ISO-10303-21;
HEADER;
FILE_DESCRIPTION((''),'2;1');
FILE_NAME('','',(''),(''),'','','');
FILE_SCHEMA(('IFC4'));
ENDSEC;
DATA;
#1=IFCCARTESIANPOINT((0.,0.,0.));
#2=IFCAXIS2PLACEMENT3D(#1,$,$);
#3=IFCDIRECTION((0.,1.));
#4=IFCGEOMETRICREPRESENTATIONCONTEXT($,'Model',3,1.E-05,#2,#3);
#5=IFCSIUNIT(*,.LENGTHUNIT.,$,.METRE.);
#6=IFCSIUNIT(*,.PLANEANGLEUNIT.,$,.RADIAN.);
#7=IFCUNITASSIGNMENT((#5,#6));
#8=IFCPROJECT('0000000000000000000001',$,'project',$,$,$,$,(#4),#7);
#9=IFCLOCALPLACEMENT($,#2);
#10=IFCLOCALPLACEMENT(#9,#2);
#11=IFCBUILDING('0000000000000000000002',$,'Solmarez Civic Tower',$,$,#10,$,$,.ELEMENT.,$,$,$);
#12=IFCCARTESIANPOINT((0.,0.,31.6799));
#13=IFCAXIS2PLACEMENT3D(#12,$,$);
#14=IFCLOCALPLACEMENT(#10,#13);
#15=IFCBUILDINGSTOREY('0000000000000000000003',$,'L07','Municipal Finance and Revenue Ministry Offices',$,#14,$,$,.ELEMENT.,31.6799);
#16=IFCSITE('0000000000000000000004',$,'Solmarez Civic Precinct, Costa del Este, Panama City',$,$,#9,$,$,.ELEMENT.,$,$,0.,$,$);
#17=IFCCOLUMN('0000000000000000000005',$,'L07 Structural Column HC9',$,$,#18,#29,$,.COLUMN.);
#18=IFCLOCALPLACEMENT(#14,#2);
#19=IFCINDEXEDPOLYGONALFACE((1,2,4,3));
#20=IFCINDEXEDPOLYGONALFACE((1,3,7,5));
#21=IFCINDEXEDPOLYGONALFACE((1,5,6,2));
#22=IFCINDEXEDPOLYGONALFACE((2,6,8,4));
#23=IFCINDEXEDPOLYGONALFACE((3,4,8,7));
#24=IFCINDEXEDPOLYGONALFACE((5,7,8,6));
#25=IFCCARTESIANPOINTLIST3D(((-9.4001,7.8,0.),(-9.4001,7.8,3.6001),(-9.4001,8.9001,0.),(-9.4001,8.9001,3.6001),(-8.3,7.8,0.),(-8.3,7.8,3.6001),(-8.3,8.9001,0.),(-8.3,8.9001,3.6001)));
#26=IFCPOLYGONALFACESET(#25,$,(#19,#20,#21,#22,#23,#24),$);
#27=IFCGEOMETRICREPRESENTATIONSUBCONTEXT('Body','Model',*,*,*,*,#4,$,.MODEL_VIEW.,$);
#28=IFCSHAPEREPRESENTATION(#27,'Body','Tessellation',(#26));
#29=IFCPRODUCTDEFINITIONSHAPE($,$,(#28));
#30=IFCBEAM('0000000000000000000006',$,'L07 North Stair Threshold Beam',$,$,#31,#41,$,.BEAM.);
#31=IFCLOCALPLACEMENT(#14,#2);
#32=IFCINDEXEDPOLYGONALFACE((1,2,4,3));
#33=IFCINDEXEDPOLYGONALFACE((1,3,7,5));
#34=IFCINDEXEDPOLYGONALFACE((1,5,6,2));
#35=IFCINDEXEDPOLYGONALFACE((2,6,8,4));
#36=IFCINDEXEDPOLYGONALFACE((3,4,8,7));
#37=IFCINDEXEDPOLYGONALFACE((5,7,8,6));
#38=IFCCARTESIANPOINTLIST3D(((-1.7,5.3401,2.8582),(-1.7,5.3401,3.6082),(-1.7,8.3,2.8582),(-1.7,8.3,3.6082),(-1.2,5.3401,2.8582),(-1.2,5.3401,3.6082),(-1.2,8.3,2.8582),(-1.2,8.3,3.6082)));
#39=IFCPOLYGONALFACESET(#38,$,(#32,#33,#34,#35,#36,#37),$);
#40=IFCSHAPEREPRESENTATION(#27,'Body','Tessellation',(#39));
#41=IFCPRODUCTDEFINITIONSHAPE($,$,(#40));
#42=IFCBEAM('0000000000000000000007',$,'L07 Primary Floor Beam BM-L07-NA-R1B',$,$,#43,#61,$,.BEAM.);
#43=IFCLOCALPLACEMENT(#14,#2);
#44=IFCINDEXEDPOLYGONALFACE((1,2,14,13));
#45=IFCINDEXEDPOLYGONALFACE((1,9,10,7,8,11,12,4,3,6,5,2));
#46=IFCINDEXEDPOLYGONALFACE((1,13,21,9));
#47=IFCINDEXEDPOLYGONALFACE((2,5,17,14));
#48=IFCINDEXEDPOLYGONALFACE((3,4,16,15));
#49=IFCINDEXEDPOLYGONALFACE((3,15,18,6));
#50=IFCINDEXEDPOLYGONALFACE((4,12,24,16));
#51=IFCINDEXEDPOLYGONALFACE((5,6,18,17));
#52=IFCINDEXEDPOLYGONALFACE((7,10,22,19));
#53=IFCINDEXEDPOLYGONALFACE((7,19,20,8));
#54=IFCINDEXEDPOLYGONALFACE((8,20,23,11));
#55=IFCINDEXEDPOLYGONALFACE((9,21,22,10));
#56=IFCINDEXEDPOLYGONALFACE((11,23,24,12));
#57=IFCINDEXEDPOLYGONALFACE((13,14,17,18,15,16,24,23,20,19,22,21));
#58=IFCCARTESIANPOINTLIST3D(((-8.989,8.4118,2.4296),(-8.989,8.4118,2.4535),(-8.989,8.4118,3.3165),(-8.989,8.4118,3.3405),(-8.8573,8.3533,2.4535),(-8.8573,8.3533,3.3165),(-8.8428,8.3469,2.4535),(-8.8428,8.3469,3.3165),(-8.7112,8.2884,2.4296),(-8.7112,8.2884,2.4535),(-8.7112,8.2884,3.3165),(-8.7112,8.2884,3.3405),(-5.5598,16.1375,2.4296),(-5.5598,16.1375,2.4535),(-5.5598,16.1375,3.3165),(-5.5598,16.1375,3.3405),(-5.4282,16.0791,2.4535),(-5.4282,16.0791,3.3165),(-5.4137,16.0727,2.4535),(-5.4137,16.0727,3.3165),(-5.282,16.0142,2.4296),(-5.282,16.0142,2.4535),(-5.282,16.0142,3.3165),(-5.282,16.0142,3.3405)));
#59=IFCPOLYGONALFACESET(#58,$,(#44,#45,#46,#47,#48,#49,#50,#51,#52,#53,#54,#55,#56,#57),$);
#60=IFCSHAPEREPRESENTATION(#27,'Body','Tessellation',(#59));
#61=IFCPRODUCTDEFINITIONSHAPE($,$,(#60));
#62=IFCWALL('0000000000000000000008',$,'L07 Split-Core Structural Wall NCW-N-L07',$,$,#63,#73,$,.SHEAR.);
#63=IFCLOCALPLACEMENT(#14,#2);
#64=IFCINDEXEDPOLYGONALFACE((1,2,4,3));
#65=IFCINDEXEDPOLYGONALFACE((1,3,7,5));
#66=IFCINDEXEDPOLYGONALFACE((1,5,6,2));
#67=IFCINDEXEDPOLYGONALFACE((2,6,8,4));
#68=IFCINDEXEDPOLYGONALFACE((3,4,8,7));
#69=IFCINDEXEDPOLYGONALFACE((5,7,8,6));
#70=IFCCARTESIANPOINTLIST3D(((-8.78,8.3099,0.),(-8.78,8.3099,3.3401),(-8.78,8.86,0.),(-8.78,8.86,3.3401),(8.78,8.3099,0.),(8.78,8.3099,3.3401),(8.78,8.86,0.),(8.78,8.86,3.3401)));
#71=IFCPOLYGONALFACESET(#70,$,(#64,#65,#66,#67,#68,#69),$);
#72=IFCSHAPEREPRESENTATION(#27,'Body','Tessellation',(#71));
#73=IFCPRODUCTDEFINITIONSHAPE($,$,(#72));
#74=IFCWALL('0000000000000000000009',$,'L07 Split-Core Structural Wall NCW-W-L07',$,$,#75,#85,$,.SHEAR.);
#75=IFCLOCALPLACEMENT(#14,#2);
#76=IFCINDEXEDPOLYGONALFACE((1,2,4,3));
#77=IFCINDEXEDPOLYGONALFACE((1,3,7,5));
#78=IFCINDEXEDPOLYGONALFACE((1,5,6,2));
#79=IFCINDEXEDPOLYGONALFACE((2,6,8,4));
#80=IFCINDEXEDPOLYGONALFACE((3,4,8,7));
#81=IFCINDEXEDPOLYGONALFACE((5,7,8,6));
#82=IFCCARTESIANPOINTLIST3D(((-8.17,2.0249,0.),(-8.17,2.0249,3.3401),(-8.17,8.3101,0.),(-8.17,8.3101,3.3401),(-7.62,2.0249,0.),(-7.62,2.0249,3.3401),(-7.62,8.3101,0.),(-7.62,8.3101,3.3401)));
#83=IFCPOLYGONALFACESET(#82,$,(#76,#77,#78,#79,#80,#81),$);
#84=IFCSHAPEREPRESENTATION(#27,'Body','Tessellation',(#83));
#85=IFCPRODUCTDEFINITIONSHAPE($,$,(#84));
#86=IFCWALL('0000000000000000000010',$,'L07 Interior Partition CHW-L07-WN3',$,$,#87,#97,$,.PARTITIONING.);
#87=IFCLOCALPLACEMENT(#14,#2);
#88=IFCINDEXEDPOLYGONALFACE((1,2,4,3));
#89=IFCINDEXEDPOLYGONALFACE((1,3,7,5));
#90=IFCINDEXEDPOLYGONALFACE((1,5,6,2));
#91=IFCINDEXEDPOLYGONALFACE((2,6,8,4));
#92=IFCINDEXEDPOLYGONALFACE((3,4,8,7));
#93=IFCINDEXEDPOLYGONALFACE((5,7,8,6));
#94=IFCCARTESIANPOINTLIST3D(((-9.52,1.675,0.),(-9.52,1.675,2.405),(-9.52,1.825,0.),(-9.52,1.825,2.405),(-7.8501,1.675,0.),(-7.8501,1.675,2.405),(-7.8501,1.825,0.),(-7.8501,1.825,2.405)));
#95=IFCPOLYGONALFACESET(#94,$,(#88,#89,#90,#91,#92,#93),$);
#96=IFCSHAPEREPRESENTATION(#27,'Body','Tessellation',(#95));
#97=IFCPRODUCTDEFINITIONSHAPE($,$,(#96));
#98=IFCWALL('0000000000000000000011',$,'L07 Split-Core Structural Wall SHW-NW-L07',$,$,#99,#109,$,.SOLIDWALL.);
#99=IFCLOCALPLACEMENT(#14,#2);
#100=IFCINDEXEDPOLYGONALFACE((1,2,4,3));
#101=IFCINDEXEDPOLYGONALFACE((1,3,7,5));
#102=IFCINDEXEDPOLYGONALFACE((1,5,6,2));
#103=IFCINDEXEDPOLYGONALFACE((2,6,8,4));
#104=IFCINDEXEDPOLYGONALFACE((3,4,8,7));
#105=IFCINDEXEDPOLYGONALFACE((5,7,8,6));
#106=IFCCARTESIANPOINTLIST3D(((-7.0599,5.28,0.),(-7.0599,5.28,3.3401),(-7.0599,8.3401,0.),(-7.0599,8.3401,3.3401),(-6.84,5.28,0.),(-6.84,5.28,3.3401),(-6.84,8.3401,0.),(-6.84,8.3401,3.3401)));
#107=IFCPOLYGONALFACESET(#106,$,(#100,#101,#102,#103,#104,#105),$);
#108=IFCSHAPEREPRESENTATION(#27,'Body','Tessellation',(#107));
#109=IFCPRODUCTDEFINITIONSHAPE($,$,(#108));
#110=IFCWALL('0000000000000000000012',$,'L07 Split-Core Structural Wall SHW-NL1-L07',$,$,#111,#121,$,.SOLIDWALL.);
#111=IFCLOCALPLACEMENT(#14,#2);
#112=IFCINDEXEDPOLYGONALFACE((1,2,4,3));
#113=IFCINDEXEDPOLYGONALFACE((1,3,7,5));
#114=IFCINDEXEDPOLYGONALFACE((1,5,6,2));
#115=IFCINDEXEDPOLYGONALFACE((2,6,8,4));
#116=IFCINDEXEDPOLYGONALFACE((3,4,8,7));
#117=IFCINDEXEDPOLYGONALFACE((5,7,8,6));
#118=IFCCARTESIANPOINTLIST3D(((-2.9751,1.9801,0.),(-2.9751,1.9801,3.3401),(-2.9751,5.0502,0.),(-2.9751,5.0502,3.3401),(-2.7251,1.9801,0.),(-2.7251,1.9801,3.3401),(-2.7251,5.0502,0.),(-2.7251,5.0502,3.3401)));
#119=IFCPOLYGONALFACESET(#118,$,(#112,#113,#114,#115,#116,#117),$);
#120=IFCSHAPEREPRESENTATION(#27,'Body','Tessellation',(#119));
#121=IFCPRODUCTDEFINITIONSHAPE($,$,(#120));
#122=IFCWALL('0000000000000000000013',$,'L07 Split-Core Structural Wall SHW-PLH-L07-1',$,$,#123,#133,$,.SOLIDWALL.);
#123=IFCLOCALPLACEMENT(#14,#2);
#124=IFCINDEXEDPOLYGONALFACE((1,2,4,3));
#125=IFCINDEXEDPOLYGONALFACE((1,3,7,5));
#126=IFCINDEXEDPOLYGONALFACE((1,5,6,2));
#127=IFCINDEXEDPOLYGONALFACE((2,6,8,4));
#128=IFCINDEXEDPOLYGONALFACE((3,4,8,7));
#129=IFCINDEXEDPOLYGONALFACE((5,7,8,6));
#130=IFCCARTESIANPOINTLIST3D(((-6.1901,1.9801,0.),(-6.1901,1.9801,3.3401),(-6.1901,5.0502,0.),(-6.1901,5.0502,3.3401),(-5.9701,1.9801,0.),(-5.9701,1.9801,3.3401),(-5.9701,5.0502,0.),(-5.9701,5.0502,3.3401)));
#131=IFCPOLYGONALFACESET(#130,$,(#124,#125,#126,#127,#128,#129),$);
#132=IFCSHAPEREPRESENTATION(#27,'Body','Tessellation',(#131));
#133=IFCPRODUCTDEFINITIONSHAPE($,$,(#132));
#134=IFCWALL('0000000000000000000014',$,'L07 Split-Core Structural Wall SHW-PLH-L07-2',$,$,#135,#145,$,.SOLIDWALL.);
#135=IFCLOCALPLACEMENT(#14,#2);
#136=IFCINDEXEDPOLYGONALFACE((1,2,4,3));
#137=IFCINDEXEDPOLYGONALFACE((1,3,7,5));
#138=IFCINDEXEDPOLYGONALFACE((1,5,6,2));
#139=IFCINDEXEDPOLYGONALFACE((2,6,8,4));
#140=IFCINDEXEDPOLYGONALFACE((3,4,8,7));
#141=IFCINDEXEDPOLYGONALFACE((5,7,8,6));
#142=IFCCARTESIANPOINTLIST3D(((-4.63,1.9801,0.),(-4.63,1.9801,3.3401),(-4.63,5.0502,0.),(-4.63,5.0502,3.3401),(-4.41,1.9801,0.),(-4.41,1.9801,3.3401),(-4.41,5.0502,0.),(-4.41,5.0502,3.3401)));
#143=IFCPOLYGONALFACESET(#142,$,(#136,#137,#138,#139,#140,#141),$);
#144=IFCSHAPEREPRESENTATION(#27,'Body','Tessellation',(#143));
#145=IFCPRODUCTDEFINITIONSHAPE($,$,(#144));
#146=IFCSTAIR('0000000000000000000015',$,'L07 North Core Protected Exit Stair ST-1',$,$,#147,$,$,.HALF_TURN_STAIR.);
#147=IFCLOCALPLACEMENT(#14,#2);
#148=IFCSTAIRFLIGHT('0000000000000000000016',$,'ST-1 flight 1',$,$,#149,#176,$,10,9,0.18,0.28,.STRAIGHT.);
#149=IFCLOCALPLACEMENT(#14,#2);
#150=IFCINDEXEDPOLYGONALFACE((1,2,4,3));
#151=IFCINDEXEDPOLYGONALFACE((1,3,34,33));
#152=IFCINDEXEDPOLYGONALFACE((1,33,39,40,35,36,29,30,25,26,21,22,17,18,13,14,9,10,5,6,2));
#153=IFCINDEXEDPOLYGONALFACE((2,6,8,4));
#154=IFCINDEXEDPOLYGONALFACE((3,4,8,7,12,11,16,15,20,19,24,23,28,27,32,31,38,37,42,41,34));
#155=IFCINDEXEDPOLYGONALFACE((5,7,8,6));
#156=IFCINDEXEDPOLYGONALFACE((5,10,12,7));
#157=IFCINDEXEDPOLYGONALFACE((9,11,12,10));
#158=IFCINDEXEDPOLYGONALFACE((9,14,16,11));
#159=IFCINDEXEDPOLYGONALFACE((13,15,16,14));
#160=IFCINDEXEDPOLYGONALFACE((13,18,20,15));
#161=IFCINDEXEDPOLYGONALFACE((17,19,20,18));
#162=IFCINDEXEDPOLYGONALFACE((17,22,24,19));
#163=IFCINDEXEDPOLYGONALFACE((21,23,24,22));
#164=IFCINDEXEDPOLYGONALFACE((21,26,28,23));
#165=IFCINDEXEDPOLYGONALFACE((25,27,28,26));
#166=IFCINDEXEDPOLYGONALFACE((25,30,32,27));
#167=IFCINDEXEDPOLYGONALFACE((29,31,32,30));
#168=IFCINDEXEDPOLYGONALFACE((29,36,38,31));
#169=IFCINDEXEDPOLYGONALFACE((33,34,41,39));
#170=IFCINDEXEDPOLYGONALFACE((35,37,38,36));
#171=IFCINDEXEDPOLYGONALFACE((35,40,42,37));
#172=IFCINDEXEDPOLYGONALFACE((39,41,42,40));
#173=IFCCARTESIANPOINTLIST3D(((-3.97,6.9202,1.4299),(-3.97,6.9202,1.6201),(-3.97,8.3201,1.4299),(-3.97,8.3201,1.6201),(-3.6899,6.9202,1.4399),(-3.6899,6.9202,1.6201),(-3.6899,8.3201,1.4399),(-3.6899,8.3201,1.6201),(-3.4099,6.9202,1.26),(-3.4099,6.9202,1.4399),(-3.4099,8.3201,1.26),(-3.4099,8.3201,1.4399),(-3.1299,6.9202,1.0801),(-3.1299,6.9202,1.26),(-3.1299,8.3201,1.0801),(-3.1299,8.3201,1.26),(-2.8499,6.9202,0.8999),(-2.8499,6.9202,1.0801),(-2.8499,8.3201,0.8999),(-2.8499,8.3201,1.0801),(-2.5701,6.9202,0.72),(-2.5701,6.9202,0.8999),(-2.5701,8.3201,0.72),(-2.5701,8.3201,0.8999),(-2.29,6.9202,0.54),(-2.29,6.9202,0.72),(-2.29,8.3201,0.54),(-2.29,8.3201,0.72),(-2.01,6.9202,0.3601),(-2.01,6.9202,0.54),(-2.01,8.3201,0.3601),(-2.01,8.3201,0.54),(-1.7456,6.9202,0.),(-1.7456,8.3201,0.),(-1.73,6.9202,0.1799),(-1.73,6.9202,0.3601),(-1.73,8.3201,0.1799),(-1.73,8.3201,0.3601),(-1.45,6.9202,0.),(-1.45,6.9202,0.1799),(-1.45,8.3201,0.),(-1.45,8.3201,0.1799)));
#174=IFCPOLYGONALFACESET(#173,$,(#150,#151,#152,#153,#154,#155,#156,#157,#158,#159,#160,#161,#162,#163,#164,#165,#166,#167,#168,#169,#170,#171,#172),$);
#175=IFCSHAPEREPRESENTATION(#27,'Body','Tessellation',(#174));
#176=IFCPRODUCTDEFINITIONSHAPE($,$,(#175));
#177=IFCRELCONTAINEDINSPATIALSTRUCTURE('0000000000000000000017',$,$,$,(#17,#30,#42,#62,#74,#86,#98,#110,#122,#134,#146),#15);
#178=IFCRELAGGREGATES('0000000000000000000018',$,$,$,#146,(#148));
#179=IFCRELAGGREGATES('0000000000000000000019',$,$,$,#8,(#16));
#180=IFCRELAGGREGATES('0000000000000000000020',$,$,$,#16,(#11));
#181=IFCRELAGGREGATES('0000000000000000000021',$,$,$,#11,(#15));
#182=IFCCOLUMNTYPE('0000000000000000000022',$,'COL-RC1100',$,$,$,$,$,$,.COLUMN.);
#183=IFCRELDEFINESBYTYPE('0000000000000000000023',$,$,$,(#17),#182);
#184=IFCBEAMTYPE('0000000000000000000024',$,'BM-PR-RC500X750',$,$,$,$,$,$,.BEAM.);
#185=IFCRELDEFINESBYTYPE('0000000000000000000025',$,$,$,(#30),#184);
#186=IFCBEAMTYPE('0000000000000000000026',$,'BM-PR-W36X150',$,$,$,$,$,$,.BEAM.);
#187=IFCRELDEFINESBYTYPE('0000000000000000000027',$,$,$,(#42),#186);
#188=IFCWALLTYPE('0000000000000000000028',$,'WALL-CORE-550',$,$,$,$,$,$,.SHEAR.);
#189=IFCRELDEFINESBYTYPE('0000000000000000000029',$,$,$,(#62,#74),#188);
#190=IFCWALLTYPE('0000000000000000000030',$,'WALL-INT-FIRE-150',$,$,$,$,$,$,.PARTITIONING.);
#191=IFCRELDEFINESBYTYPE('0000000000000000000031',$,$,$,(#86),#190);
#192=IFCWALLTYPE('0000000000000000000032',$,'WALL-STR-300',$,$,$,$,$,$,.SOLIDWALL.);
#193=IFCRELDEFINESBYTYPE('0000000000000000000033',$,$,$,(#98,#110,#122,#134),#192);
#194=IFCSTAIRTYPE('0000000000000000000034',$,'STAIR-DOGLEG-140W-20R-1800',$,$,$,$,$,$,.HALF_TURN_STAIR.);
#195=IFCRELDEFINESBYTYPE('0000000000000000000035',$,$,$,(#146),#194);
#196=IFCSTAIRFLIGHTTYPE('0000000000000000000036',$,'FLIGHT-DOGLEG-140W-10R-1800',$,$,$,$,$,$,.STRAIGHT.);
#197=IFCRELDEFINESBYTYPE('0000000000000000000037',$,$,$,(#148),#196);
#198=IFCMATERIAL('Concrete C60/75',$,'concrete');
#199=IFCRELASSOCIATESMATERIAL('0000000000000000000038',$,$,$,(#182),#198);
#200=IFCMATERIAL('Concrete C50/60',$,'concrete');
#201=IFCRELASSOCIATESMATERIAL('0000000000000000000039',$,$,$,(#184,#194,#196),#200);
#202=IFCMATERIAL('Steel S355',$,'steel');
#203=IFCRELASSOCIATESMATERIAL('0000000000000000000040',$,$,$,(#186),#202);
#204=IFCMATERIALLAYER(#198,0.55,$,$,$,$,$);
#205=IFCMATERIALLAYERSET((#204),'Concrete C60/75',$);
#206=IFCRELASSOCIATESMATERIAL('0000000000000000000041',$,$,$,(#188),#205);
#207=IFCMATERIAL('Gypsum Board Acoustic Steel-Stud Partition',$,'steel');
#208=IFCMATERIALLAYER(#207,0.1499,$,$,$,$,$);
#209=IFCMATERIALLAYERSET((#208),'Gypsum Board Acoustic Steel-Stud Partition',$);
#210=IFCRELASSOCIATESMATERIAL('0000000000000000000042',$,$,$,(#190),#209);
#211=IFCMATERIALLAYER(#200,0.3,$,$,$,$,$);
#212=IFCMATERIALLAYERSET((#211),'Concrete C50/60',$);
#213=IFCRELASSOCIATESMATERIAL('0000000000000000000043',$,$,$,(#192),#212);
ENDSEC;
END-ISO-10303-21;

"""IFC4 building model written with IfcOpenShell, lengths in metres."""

from ifc_helpers import new_model, si_unit, direction, frame, frame_2d, origin, origin_2d, place, context, subcontext, project, spatial, polyline, rectangle, i_section, outline, extrude, material, layer, layer_set, material_profile, profile_set, type_object, element, aggregate, save


model = new_model("IFC4")

# Units and contexts
model_context = context("Model", 3, precision=1e-05, world=origin(), true_north=direction((0.0, 1.0)))
body_context = subcontext(model_context, "Body", "Model", "MODEL_VIEW")
ifc_project = project(units=[si_unit("LENGTHUNIT", "METRE"), si_unit("PLANEANGLEUNIT", "RADIAN")], contexts=[model_context])

# Site, building, storey
site_placement = place(None, origin())
site = spatial("IfcSite", under=ifc_project, at=site_placement, Name="Solmarez Civic Precinct, Costa del Este, Panama City", CompositionType="ELEMENT", RefElevation=0.0)
building_placement = place(site_placement, origin())
building = spatial("IfcBuilding", under=site, at=building_placement, Name="Solmarez Civic Tower", CompositionType="ELEMENT")
storey_placement = place(building_placement, frame((0.0, 0.0, 31.6799)))
storey = spatial("IfcBuildingStorey", under=building, at=storey_placement, Name="L07", Description="Municipal Finance and Revenue Ministry Offices", CompositionType="ELEMENT", Elevation=31.6799)

# Column
ifc_material_1 = material(Name="Concrete C60/75", Category="concrete")
ifc_material_profile_1 = material_profile(ifc_material_1, rectangle(XDim=1.1001, YDim=1.1001, at=origin_2d()), Name="RC1100X1100")
ifc_profile_set_1 = profile_set([ifc_material_profile_1], Name="Concrete C60/75")
column_type = type_object("IfcColumnType", Name="COL-RC1100", PredefinedType="COLUMN", material=ifc_profile_set_1)
column_placement = place(storey_placement, frame((-8.8501, 8.3501, 0.0), z_axis=(0.0, 0.0, 1.0), x_axis=(1.0, 0.0, 0.0)))
element("IfcColumn", 1, at=column_placement, inside=storey, type_object=column_type, Name="L07 Structural Column HC9", PredefinedType="COLUMN", context=body_context, shape_type="SweptSolid", body=[
    extrude(rectangle(XDim=1.1001, YDim=1.1001, at=origin_2d()), origin(), (0.0, 0.0, 1.0), 3.6001),
])

# Beams
ifc_material_2 = material(Name="Concrete C50/60", Category="concrete")
ifc_material_profile_2 = material_profile(ifc_material_2, rectangle(XDim=0.5, YDim=0.75, at=origin_2d()), Name="RC500X750")
ifc_profile_set_2 = profile_set([ifc_material_profile_2], Name="Concrete C50/60")
beam_type_1 = type_object("IfcBeamType", Name="BM-PR-RC500X750", PredefinedType="BEAM", material=ifc_profile_set_2)
beam_1_placement = place(storey_placement, frame((-1.45, 5.3401, 3.2332), z_axis=(0.0, 1.0, 0.0), x_axis=(-1.0, 0.0, 0.0)))
element("IfcBeam", 2, at=beam_1_placement, inside=storey, type_object=beam_type_1, Name="L07 North Stair Threshold Beam", PredefinedType="BEAM", context=body_context, shape_type="SweptSolid", body=[
    extrude(rectangle(XDim=0.5, YDim=0.75, at=origin_2d()), origin(), (0.0, 0.0, 1.0), 2.96),
])
ifc_material_3 = material(Name="Steel S355", Category="steel")
ifc_material_profile_3 = material_profile(ifc_material_3, i_section(OverallWidth=0.304, OverallDepth=0.9109, WebThickness=0.0159, FlangeThickness=0.0239, at=origin_2d()), Name="W36X150")
ifc_profile_set_3 = profile_set([ifc_material_profile_3], Name="Steel S355")
beam_type_2 = type_object("IfcBeamType", Name="BM-PR-W36X150", PredefinedType="BEAM", material=ifc_profile_set_3)
beam_2_placement = place(storey_placement, frame((-8.8501, 8.3501, 2.885), z_axis=(0.405694, 0.914009, 0.0), x_axis=(-0.914009, 0.405694, 0.0)))
element("IfcBeam", 3, at=beam_2_placement, inside=storey, type_object=beam_type_2, Name="L07 Primary Floor Beam BM-L07-NA-R1B", PredefinedType="BEAM", context=body_context, shape_type="SweptSolid", body=[
    extrude(i_section(OverallWidth=0.304, OverallDepth=0.9109, WebThickness=0.0159, FlangeThickness=0.0239, at=origin_2d()), origin(), (0.0, 0.0, 1.0), 8.4526),
])

# Walls
ifc_layer_1 = layer(ifc_material_1, 0.55)
ifc_layer_set_1 = layer_set([ifc_layer_1], Name="Concrete C60/75")
wall_type_1 = type_object("IfcWallType", Name="WALL-CORE-550", PredefinedType="SHEAR", material=ifc_layer_set_1)
wall_1_placement = place(storey_placement, frame((-8.78, 8.585, 0.0), z_axis=(0.0, 0.0, 1.0), x_axis=(1.0, 0.0, 0.0)))
element("IfcWall", 4, at=wall_1_placement, inside=storey, type_object=wall_type_1, Name="L07 Split-Core Structural Wall NCW-N-L07", PredefinedType="SHEAR", context=body_context, shape_type="SweptSolid", body=[
    extrude(rectangle(XDim=17.5601, YDim=0.55, at=frame_2d((8.78, 0.0))), origin(), (0.0, 0.0, 1.0), 3.3401),
])
wall_2_placement = place(storey_placement, frame((-7.895, 2.0249, 0.0), z_axis=(0.0, 0.0, 1.0), x_axis=(0.0, 1.0, 0.0)))
element("IfcWall", 5, at=wall_2_placement, inside=storey, type_object=wall_type_1, Name="L07 Split-Core Structural Wall NCW-W-L07", PredefinedType="SHEAR", context=body_context, shape_type="SweptSolid", body=[
    extrude(rectangle(XDim=6.2852, YDim=0.55, at=frame_2d((3.1426, 0.0))), origin(), (0.0, 0.0, 1.0), 3.3401),
])
ifc_material_4 = material(Name="Gypsum Board Acoustic Steel-Stud Partition", Category="steel")
ifc_layer_2 = layer(ifc_material_4, 0.1499)
ifc_layer_set_2 = layer_set([ifc_layer_2], Name="Gypsum Board Acoustic Steel-Stud Partition")
wall_type_2 = type_object("IfcWallType", Name="WALL-INT-FIRE-150", PredefinedType="PARTITIONING", material=ifc_layer_set_2)
wall_3_placement = place(storey_placement, frame((-7.8501, 1.75, 0.0), z_axis=(0.0, 0.0, 1.0), x_axis=(-1.0, 0.0, 0.0)))
element("IfcWall", 6, at=wall_3_placement, inside=storey, type_object=wall_type_2, Name="L07 Interior Partition CHW-L07-WN3", PredefinedType="PARTITIONING", context=body_context, shape_type="SweptSolid", body=[
    extrude(rectangle(XDim=1.6699, YDim=0.1499, at=frame_2d((0.835, 0.0))), origin(), (0.0, 0.0, 1.0), 2.405),
])
ifc_layer_3 = layer(ifc_material_2, 0.3)
ifc_layer_set_3 = layer_set([ifc_layer_3], Name="Concrete C50/60")
wall_type_3 = type_object("IfcWallType", Name="WALL-STR-300", PredefinedType="SOLIDWALL", material=ifc_layer_set_3)
wall_4_placement = place(storey_placement, frame((-6.95, 5.28, 0.0), z_axis=(0.0, 0.0, 1.0), x_axis=(0.0, 1.0, 0.0)))
element("IfcWall", 7, at=wall_4_placement, inside=storey, type_object=wall_type_3, Name="L07 Split-Core Structural Wall SHW-NW-L07", PredefinedType="SOLIDWALL", context=body_context, shape_type="SweptSolid", body=[
    extrude(rectangle(XDim=3.0601, YDim=0.22, at=frame_2d((1.53, 0.0))), origin(), (0.0, 0.0, 1.0), 3.3401),
])
wall_5_placement = place(storey_placement, frame((-2.8501, 1.98, 0.0), z_axis=(0.0, 0.0, 1.0), x_axis=(0.0, 1.0, 0.0)))
element("IfcWall", 8, at=wall_5_placement, inside=storey, type_object=wall_type_3, Name="L07 Split-Core Structural Wall SHW-NL1-L07", PredefinedType="SOLIDWALL", context=body_context, shape_type="SweptSolid", body=[
    extrude(rectangle(XDim=3.0701, YDim=0.25, at=frame_2d((1.5352, 0.0))), origin(), (0.0, 0.0, 1.0), 3.3401),
])
for number, where, z_axis, x_axis, name in (
    (9, (-6.0801, 1.98, 0.0), (0.0, 0.0, 1.0), (0.0, 1.0, 0.0), "L07 Split-Core Structural Wall SHW-PLH-L07-1"),
    (10, (-4.52, 1.98, 0.0), (0.0, 0.0, 1.0), (0.0, 1.0, 0.0), "L07 Split-Core Structural Wall SHW-PLH-L07-2"),
):
    element("IfcWall", number, at=place(storey_placement, frame(where, z_axis=z_axis, x_axis=x_axis)), inside=storey, type_object=wall_type_3, Name=name, PredefinedType="SOLIDWALL", context=body_context, shape_type="SweptSolid", body=[
        extrude(rectangle(XDim=3.0701, YDim=0.22, at=frame_2d((1.5352, 0.0))), origin(), (0.0, 0.0, 1.0), 3.3401),
    ])

# Stair, stair flight
stair_type = type_object("IfcStairType", Name="STAIR-DOGLEG-140W-20R-1800", PredefinedType="HALF_TURN_STAIR", material=ifc_material_2)
stair_placement = place(storey_placement, origin())
stair = element("IfcStair", 11, at=stair_placement, inside=storey, type_object=stair_type, Name="L07 North Core Protected Exit Stair ST-1", PredefinedType="HALF_TURN_STAIR")
stair_flight_type = type_object("IfcStairFlightType", Name="FLIGHT-DOGLEG-140W-10R-1800", PredefinedType="STRAIGHT", material=ifc_material_2)
stair_flight_1_placement = place(storey_placement, frame((-1.45, 7.6201, 0.0), z_axis=(0.0, 0.0, 1.0), x_axis=(-1.0, 0.0, 0.0)))
stair_flight_1 = element("IfcStairFlight", 12, at=stair_flight_1_placement, type_object=stair_flight_type, Name="ST-1 flight 1", NumberOfRisers=10, NumberOfTreads=9, PredefinedType="STRAIGHT", RiserHeight=0.18, TreadLength=0.28, context=body_context, shape_type="SweptSolid", body=[
    extrude(outline(polyline([(0.0, 0.0), (0.0, 0.1799), (0.28, 0.1799), (0.28, 0.3601), (0.5601, 0.3601), (0.5601, 0.54), (0.8401, 0.54), (0.8401, 0.72), (1.1201, 0.72), (1.1201, 0.8999), (1.3999, 0.8999), (1.3999, 1.0801), (1.6799, 1.0801), (1.6799, 1.26), (1.96, 1.26), (1.96, 1.4399), (2.24, 1.4399), (2.24, 1.6201), (2.52, 1.6201), (2.52, 1.8), (2.52, 1.4299), (0.2957, 0.0), (0.0, 0.0)])), frame((0.0, 0.7, 0.0), z_axis=(0.0, -1.0, 0.0), x_axis=(1.0, 0.0, 0.0)), (0.0, 0.0, 1.0), 1.3999),
])
aggregate(stair, [stair_flight_1])

save(model, "model.ifc")
